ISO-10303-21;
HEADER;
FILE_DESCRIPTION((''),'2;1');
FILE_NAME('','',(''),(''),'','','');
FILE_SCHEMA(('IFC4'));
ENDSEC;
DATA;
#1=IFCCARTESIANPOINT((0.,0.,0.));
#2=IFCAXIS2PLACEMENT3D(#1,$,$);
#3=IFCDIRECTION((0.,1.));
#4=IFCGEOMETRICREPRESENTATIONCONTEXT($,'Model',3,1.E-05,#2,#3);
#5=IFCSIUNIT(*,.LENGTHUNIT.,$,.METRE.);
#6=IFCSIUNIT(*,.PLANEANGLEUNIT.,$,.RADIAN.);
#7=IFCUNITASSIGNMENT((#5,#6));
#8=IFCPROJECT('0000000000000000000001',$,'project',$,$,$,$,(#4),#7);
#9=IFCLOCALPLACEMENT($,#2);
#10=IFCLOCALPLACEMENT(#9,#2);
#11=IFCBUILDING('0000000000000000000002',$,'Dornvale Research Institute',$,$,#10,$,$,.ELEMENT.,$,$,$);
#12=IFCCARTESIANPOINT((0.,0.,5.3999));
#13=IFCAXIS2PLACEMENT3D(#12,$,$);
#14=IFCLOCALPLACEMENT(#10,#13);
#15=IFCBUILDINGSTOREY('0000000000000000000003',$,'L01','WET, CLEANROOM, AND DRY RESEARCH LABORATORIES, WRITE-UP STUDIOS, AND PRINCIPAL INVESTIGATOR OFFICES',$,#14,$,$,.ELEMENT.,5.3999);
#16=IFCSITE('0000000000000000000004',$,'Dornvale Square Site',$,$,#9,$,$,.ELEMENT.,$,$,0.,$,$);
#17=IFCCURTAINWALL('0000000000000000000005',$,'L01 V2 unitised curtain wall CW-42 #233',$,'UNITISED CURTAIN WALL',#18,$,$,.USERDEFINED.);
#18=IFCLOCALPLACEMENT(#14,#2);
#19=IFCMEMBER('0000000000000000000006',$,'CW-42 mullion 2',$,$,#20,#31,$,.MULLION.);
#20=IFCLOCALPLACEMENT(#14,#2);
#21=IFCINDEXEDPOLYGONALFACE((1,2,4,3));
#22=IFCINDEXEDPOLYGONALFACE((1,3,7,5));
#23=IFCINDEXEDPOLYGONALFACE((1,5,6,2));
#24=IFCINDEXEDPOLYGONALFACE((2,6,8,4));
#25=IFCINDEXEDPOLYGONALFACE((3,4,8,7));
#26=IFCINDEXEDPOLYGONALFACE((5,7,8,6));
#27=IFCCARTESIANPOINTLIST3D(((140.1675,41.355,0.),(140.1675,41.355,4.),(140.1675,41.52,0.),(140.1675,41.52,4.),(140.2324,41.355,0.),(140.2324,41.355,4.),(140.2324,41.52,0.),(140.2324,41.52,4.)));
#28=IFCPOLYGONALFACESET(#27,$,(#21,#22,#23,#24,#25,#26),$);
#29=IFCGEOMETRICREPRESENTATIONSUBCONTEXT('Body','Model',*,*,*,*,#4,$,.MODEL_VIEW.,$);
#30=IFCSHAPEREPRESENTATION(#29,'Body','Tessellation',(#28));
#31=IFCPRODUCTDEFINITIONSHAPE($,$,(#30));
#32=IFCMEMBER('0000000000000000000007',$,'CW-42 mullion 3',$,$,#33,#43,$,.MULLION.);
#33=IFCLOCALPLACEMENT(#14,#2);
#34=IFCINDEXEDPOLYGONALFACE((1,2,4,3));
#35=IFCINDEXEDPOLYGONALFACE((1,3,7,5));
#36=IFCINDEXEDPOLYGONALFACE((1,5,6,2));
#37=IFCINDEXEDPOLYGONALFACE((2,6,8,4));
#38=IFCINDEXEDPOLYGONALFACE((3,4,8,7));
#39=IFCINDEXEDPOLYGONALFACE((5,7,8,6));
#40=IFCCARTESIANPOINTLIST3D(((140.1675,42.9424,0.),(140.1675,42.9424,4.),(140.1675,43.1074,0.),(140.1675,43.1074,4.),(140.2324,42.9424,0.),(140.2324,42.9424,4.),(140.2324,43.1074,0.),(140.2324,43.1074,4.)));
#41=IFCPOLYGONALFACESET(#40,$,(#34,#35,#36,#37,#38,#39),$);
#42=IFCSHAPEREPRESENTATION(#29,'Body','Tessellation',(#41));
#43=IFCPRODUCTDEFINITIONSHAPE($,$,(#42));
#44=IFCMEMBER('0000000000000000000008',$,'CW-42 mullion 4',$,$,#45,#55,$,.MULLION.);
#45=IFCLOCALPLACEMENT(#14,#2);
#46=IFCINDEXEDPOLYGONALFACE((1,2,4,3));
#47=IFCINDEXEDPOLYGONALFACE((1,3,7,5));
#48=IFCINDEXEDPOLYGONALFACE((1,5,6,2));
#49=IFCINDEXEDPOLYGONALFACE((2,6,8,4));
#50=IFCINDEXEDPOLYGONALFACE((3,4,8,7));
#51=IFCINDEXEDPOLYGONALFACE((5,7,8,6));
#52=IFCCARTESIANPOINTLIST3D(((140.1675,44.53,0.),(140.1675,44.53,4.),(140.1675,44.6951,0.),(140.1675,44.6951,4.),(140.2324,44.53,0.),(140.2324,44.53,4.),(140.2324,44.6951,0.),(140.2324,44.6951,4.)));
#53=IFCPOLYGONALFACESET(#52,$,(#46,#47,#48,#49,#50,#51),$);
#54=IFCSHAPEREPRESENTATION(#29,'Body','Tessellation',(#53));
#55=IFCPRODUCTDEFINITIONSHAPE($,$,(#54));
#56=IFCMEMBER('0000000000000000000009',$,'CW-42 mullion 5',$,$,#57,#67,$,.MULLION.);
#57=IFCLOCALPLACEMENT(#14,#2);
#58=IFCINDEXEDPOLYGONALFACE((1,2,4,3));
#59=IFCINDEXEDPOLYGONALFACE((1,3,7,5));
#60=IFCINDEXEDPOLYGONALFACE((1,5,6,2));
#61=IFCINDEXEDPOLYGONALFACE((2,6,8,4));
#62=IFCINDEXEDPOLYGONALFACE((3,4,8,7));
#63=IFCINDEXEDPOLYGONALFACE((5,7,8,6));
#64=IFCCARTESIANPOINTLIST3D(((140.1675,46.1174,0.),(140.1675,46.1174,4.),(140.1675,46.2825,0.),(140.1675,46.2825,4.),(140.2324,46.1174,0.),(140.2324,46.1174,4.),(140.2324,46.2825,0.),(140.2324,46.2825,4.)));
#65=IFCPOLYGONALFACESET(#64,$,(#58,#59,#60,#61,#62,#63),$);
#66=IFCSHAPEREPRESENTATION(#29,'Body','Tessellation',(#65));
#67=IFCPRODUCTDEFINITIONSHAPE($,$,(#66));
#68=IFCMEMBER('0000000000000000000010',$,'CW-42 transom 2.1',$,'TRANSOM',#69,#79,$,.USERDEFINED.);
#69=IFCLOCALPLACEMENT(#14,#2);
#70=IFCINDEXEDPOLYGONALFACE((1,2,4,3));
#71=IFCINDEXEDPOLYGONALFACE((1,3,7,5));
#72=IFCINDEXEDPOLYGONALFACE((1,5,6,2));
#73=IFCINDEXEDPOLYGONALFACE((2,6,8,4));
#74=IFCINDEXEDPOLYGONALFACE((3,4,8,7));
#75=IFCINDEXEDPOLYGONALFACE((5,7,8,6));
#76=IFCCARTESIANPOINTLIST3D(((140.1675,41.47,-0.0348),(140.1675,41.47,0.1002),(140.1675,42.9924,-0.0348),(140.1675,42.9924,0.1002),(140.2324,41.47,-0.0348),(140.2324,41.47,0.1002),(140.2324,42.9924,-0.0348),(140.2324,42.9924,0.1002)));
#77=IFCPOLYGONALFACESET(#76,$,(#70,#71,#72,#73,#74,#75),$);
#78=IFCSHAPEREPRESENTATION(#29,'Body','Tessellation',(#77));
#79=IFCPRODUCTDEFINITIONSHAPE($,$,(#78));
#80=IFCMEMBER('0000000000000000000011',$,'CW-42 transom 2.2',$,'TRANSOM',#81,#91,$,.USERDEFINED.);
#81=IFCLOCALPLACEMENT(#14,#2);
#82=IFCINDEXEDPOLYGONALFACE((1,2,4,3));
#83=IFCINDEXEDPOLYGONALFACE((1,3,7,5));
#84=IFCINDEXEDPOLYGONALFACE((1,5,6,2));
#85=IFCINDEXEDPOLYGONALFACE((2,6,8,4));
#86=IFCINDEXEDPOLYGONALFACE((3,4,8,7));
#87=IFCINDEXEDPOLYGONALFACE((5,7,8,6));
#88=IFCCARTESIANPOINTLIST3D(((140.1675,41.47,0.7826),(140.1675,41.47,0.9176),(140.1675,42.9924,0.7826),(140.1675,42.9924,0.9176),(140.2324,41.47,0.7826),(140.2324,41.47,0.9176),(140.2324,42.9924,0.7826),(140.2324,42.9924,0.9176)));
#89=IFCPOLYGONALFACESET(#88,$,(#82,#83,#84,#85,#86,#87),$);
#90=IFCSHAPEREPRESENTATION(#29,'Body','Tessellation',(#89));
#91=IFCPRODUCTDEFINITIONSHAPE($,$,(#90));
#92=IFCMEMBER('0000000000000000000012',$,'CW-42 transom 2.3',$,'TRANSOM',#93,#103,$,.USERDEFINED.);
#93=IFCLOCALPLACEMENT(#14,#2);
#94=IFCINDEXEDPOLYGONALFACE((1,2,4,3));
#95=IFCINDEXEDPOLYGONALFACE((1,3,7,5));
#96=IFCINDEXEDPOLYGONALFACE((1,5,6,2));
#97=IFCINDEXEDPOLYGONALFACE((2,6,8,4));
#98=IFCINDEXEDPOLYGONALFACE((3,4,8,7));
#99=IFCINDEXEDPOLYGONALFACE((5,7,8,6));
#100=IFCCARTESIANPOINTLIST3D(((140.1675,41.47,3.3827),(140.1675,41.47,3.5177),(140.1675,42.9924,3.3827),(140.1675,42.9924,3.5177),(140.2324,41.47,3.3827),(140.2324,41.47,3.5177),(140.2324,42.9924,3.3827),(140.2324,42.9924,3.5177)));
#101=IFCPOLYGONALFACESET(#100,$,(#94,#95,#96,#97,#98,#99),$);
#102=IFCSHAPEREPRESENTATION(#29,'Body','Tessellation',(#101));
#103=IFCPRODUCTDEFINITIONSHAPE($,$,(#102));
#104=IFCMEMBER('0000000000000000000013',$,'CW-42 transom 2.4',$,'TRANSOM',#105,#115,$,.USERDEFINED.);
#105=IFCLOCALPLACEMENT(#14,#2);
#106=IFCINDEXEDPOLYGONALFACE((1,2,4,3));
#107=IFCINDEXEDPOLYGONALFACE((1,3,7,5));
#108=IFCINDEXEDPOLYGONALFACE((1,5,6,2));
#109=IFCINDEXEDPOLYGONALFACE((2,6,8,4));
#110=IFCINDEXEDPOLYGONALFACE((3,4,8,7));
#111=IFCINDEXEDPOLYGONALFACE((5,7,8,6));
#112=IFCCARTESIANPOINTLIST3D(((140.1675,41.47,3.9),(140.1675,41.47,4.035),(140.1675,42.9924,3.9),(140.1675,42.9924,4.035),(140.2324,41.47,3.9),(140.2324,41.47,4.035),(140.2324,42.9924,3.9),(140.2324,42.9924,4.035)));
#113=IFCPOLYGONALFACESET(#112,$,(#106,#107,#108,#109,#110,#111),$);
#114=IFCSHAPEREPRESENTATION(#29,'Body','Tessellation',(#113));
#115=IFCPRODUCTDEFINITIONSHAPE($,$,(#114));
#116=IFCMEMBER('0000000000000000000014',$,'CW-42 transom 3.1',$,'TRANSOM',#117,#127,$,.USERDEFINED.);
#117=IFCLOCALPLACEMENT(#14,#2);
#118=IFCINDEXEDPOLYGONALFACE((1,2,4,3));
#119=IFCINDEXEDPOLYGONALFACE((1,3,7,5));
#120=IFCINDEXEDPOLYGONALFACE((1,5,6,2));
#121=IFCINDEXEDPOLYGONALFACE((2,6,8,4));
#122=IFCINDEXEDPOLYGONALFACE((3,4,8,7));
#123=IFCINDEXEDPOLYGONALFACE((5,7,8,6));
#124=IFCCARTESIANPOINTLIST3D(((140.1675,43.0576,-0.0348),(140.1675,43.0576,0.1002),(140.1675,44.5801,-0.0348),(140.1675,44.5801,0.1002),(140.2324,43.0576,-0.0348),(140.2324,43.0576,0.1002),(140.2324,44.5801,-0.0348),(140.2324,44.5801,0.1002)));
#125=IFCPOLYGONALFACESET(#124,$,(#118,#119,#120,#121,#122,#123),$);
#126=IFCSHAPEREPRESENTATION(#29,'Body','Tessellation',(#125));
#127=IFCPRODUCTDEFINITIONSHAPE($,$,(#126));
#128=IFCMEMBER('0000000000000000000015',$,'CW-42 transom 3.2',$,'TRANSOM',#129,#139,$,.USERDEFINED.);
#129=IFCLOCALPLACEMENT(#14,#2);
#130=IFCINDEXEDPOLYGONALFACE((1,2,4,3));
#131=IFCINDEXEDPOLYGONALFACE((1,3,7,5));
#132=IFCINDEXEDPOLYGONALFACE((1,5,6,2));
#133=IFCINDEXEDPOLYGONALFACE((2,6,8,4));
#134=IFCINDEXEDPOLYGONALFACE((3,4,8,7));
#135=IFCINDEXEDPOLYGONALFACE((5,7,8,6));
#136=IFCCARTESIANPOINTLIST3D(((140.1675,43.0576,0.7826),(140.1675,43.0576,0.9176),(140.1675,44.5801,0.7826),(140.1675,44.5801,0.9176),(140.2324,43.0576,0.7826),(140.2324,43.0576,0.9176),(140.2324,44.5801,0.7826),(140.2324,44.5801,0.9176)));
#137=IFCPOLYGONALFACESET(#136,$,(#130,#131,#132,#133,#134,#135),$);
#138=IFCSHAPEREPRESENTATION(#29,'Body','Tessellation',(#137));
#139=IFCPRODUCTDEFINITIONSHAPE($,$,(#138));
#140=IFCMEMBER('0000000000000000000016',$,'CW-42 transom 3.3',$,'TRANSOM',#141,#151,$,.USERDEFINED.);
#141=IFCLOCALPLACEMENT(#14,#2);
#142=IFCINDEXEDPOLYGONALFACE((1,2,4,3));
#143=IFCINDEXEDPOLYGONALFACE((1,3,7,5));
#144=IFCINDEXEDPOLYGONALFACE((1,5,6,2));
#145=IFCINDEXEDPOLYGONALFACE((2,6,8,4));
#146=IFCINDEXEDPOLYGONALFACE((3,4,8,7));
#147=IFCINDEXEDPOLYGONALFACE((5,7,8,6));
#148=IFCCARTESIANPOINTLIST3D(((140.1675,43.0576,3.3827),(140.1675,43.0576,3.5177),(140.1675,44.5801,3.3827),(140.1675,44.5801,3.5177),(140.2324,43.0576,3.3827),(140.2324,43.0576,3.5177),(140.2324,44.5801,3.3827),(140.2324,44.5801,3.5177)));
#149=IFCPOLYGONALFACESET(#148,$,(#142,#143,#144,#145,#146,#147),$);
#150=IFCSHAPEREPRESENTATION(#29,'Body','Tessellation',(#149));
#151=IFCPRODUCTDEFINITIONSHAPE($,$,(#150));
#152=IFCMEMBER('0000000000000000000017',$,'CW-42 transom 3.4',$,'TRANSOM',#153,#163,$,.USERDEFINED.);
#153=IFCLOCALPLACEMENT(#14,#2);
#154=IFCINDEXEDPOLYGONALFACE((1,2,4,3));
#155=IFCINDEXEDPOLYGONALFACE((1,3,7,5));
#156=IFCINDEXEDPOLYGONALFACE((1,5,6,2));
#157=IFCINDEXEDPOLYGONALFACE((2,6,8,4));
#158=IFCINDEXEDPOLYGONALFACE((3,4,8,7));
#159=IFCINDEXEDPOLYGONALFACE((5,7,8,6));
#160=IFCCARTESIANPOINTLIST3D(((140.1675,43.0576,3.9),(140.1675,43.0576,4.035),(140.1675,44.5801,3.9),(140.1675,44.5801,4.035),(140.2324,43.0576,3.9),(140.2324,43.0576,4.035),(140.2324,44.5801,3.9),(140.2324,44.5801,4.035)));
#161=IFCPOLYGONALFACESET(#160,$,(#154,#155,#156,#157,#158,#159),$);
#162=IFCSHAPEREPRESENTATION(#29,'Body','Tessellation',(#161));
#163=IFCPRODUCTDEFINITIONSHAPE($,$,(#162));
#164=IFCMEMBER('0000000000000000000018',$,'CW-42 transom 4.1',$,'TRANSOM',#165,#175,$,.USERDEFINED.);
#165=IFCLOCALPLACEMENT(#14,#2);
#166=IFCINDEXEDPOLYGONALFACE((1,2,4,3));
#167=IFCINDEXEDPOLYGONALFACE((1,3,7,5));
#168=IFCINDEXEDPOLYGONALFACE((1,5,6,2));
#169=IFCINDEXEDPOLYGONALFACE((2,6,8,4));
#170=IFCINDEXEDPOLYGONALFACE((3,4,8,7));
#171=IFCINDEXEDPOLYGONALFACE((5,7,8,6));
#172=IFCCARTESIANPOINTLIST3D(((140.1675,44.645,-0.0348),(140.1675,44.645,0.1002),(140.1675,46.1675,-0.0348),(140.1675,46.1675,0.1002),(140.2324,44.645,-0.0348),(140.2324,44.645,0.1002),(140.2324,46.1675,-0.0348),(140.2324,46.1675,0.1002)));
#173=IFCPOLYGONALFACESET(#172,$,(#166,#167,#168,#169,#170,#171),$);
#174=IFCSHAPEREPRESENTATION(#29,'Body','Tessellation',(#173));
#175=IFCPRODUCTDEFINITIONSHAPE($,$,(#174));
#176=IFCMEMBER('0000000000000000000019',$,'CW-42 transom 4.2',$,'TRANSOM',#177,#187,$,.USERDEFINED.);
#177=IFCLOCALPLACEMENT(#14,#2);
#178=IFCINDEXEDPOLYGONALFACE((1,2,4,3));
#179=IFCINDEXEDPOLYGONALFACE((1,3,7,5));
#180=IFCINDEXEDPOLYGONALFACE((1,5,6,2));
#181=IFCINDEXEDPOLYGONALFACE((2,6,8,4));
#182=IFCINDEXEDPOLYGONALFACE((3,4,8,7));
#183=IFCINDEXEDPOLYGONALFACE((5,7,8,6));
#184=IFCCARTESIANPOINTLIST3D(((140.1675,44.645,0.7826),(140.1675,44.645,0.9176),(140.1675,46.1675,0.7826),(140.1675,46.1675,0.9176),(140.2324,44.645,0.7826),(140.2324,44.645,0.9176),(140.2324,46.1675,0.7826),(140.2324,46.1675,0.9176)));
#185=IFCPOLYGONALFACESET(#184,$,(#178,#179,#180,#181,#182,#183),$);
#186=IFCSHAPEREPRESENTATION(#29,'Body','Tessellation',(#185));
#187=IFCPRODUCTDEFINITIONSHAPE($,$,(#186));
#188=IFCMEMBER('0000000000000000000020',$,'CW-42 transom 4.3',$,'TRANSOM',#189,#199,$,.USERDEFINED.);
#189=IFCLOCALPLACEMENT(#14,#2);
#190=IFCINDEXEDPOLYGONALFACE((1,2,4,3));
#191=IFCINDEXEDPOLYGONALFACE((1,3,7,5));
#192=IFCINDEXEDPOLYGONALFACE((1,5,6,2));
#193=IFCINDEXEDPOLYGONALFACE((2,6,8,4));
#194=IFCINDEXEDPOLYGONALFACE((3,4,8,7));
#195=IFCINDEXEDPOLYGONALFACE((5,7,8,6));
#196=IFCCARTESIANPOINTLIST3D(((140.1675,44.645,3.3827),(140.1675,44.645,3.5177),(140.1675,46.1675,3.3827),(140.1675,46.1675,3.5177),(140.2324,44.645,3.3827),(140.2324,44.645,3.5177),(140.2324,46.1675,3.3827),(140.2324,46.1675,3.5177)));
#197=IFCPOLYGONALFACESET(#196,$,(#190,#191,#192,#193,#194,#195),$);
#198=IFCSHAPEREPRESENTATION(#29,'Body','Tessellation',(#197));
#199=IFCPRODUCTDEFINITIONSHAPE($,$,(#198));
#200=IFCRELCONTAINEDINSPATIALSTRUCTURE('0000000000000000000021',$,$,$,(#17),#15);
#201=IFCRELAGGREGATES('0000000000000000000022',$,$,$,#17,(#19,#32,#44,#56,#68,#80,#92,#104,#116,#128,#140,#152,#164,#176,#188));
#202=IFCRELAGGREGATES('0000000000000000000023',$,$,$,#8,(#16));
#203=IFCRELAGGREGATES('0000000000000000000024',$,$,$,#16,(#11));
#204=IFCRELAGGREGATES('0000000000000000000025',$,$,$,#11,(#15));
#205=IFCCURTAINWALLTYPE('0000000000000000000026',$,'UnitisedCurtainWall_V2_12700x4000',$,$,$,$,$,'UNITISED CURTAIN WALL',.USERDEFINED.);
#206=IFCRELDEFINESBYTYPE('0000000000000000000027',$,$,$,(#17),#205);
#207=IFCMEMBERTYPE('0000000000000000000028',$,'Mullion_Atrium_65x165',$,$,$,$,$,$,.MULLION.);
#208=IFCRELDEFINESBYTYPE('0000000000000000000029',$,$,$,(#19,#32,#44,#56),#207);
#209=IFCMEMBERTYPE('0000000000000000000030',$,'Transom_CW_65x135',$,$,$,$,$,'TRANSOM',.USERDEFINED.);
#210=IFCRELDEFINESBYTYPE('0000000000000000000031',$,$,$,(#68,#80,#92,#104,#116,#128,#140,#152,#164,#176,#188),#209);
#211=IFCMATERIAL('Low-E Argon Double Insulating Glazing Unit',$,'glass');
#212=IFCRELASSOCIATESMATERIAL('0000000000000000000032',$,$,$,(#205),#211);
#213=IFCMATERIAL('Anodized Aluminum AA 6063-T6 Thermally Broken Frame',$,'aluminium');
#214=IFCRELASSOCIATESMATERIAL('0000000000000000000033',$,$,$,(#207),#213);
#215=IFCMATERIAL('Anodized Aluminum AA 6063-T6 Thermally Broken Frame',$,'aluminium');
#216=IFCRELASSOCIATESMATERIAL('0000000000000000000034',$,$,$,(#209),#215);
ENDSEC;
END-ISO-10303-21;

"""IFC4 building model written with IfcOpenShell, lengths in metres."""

from ifc_helpers import new_model, si_unit, direction, frame, origin, origin_2d, place, context, subcontext, project, spatial, rectangle, extrude, material, material_profile, profile_set, type_object, element, aggregate, save


model = new_model("IFC4")

# Units and contexts
model_context = context("Model", 3, precision=1e-05, world=origin(), true_north=direction((0.0, 1.0)))
body_context = subcontext(model_context, "Body", "Model", "MODEL_VIEW")
ifc_project = project(units=[si_unit("LENGTHUNIT", "METRE"), si_unit("PLANEANGLEUNIT", "RADIAN")], contexts=[model_context])

# Site, building, storey
site_placement = place(None, origin())
site = spatial("IfcSite", under=ifc_project, at=site_placement, Name="Dornvale Square Site", CompositionType="ELEMENT", RefElevation=0.0)
building_placement = place(site_placement, origin())
building = spatial("IfcBuilding", under=site, at=building_placement, Name="Dornvale Research Institute", CompositionType="ELEMENT")
storey_placement = place(building_placement, frame((0.0, 0.0, 5.3999)))
storey = spatial("IfcBuildingStorey", under=building, at=storey_placement, Name="L01", Description="WET, CLEANROOM, AND DRY RESEARCH LABORATORIES, WRITE-UP STUDIOS, AND PRINCIPAL INVESTIGATOR OFFICES", CompositionType="ELEMENT", Elevation=5.3999)

# Curtain wall, members
ifc_material_1 = material(Name="Low-E Argon Double Insulating Glazing Unit", Category="glass")
curtain_wall_type = type_object("IfcCurtainWallType", Name="UnitisedCurtainWall_V2_12700x4000", ElementType="UNITISED CURTAIN WALL", PredefinedType="USERDEFINED", material=ifc_material_1)
curtain_wall_placement = place(storey_placement, origin())
curtain_wall = element("IfcCurtainWall", 1, at=curtain_wall_placement, inside=storey, type_object=curtain_wall_type, Name="L01 V2 unitised curtain wall CW-42 #233", ObjectType="UNITISED CURTAIN WALL", PredefinedType="USERDEFINED")
ifc_material_2 = material(Name="Anodized Aluminum AA 6063-T6 Thermally Broken Frame", Category="aluminium")
ifc_material_profile_1 = material_profile(ifc_material_2, rectangle(XDim=0.0649, YDim=0.165, at=origin_2d()), Name="ALU MULLION 65x165")
ifc_profile_set_1 = profile_set([ifc_material_profile_1], Name="Anodized Aluminum AA 6063-T6 Thermally Broken Frame")
member_type_1 = type_object("IfcMemberType", Name="Mullion_Atrium_65x165", PredefinedType="MULLION", material=ifc_profile_set_1)
member_1_placement = place(storey_placement, frame((140.2, 41.4375, 0.0), z_axis=(0.0, 0.0, 1.0), x_axis=(-1.0, 0.0, 0.0)))
member_1 = element("IfcMember", 2, at=member_1_placement, type_object=member_type_1, Name="CW-42 mullion 2", PredefinedType="MULLION", context=body_context, shape_type="SweptSolid", body=[
    extrude(rectangle(XDim=0.0649, YDim=0.165, at=origin_2d()), origin(), (0.0, 0.0, 1.0), 4.0),
])
member_2_placement = place(storey_placement, frame((140.2, 43.0249, 0.0), z_axis=(0.0, 0.0, 1.0), x_axis=(-1.0, 0.0, 0.0)))
member_2 = element("IfcMember", 3, at=member_2_placement, type_object=member_type_1, Name="CW-42 mullion 3", PredefinedType="MULLION", context=body_context, shape_type="SweptSolid", body=[
    extrude(rectangle(XDim=0.0649, YDim=0.165, at=origin_2d()), origin(), (0.0, 0.0, 1.0), 4.0),
])
member_3_placement = place(storey_placement, frame((140.2, 44.6125, 0.0), z_axis=(0.0, 0.0, 1.0), x_axis=(-1.0, 0.0, 0.0)))
member_3 = element("IfcMember", 4, at=member_3_placement, type_object=member_type_1, Name="CW-42 mullion 4", PredefinedType="MULLION", context=body_context, shape_type="SweptSolid", body=[
    extrude(rectangle(XDim=0.0649, YDim=0.165, at=origin_2d()), origin(), (0.0, 0.0, 1.0), 4.0),
])
member_4_placement = place(storey_placement, frame((140.2, 46.2, 0.0), z_axis=(0.0, 0.0, 1.0), x_axis=(-1.0, 0.0, 0.0)))
member_4 = element("IfcMember", 5, at=member_4_placement, type_object=member_type_1, Name="CW-42 mullion 5", PredefinedType="MULLION", context=body_context, shape_type="SweptSolid", body=[
    extrude(rectangle(XDim=0.0649, YDim=0.165, at=origin_2d()), origin(), (0.0, 0.0, 1.0), 4.0),
])
ifc_material_3 = material(Name="Anodized Aluminum AA 6063-T6 Thermally Broken Frame", Category="aluminium")
ifc_material_profile_2 = material_profile(ifc_material_3, rectangle(XDim=0.0649, YDim=0.135, at=origin_2d()), Name="ALU TRANSOM 65x135")
ifc_profile_set_2 = profile_set([ifc_material_profile_2], Name="Anodized Aluminum AA 6063-T6 Thermally Broken Frame")
member_type_2 = type_object("IfcMemberType", Name="Transom_CW_65x135", ElementType="TRANSOM", PredefinedType="USERDEFINED", material=ifc_profile_set_2)
member_5_placement = place(storey_placement, frame((140.2, 41.47, 0.0327), z_axis=(0.0, 1.0, 0.0), x_axis=(-1.0, 0.0, 0.0)))
member_5 = element("IfcMember", 6, at=member_5_placement, type_object=member_type_2, Name="CW-42 transom 2.1", ObjectType="TRANSOM", PredefinedType="USERDEFINED", context=body_context, shape_type="SweptSolid", body=[
    extrude(rectangle(XDim=0.0649, YDim=0.135, at=origin_2d()), origin(), (0.0, 0.0, 1.0), 1.5225),
])
member_6_placement = place(storey_placement, frame((140.2, 41.47, 0.8501), z_axis=(0.0, 1.0, 0.0), x_axis=(-1.0, 0.0, 0.0)))
member_6 = element("IfcMember", 7, at=member_6_placement, type_object=member_type_2, Name="CW-42 transom 2.2", ObjectType="TRANSOM", PredefinedType="USERDEFINED", context=body_context, shape_type="SweptSolid", body=[
    extrude(rectangle(XDim=0.0649, YDim=0.135, at=origin_2d()), origin(), (0.0, 0.0, 1.0), 1.5225),
])
member_7_placement = place(storey_placement, frame((140.2, 41.47, 3.4502), z_axis=(0.0, 1.0, 0.0), x_axis=(-1.0, 0.0, 0.0)))
member_7 = element("IfcMember", 8, at=member_7_placement, type_object=member_type_2, Name="CW-42 transom 2.3", ObjectType="TRANSOM", PredefinedType="USERDEFINED", context=body_context, shape_type="SweptSolid", body=[
    extrude(rectangle(XDim=0.0649, YDim=0.135, at=origin_2d()), origin(), (0.0, 0.0, 1.0), 1.5225),
])
member_8_placement = place(storey_placement, frame((140.2, 41.47, 3.9675), z_axis=(0.0, 1.0, 0.0), x_axis=(-1.0, 0.0, 0.0)))
member_8 = element("IfcMember", 9, at=member_8_placement, type_object=member_type_2, Name="CW-42 transom 2.4", ObjectType="TRANSOM", PredefinedType="USERDEFINED", context=body_context, shape_type="SweptSolid", body=[
    extrude(rectangle(XDim=0.0649, YDim=0.135, at=origin_2d()), origin(), (0.0, 0.0, 1.0), 1.5225),
])
member_9_placement = place(storey_placement, frame((140.2, 43.0576, 0.0327), z_axis=(0.0, 1.0, 0.0), x_axis=(-1.0, 0.0, 0.0)))
member_9 = element("IfcMember", 10, at=member_9_placement, type_object=member_type_2, Name="CW-42 transom 3.1", ObjectType="TRANSOM", PredefinedType="USERDEFINED", context=body_context, shape_type="SweptSolid", body=[
    extrude(rectangle(XDim=0.0649, YDim=0.135, at=origin_2d()), origin(), (0.0, 0.0, 1.0), 1.5225),
])
member_10_placement = place(storey_placement, frame((140.2, 43.0576, 0.8501), z_axis=(0.0, 1.0, 0.0), x_axis=(-1.0, 0.0, 0.0)))
member_10 = element("IfcMember", 11, at=member_10_placement, type_object=member_type_2, Name="CW-42 transom 3.2", ObjectType="TRANSOM", PredefinedType="USERDEFINED", context=body_context, shape_type="SweptSolid", body=[
    extrude(rectangle(XDim=0.0649, YDim=0.135, at=origin_2d()), origin(), (0.0, 0.0, 1.0), 1.5225),
])
member_11_placement = place(storey_placement, frame((140.2, 43.0576, 3.4502), z_axis=(0.0, 1.0, 0.0), x_axis=(-1.0, 0.0, 0.0)))
member_11 = element("IfcMember", 12, at=member_11_placement, type_object=member_type_2, Name="CW-42 transom 3.3", ObjectType="TRANSOM", PredefinedType="USERDEFINED", context=body_context, shape_type="SweptSolid", body=[
    extrude(rectangle(XDim=0.0649, YDim=0.135, at=origin_2d()), origin(), (0.0, 0.0, 1.0), 1.5225),
])
member_12_placement = place(storey_placement, frame((140.2, 43.0576, 3.9675), z_axis=(0.0, 1.0, 0.0), x_axis=(-1.0, 0.0, 0.0)))
member_12 = element("IfcMember", 13, at=member_12_placement, type_object=member_type_2, Name="CW-42 transom 3.4", ObjectType="TRANSOM", PredefinedType="USERDEFINED", context=body_context, shape_type="SweptSolid", body=[
    extrude(rectangle(XDim=0.0649, YDim=0.135, at=origin_2d()), origin(), (0.0, 0.0, 1.0), 1.5225),
])
member_13_placement = place(storey_placement, frame((140.2, 44.645, 0.0327), z_axis=(0.0, 1.0, 0.0), x_axis=(-1.0, 0.0, 0.0)))
member_13 = element("IfcMember", 14, at=member_13_placement, type_object=member_type_2, Name="CW-42 transom 4.1", ObjectType="TRANSOM", PredefinedType="USERDEFINED", context=body_context, shape_type="SweptSolid", body=[
    extrude(rectangle(XDim=0.0649, YDim=0.135, at=origin_2d()), origin(), (0.0, 0.0, 1.0), 1.5225),
])
member_14_placement = place(storey_placement, frame((140.2, 44.645, 0.8501), z_axis=(0.0, 1.0, 0.0), x_axis=(-1.0, 0.0, 0.0)))
member_14 = element("IfcMember", 15, at=member_14_placement, type_object=member_type_2, Name="CW-42 transom 4.2", ObjectType="TRANSOM", PredefinedType="USERDEFINED", context=body_context, shape_type="SweptSolid", body=[
    extrude(rectangle(XDim=0.0649, YDim=0.135, at=origin_2d()), origin(), (0.0, 0.0, 1.0), 1.5225),
])
member_15_placement = place(storey_placement, frame((140.2, 44.645, 3.4502), z_axis=(0.0, 1.0, 0.0), x_axis=(-1.0, 0.0, 0.0)))
member_15 = element("IfcMember", 16, at=member_15_placement, type_object=member_type_2, Name="CW-42 transom 4.3", ObjectType="TRANSOM", PredefinedType="USERDEFINED", context=body_context, shape_type="SweptSolid", body=[
    extrude(rectangle(XDim=0.0649, YDim=0.135, at=origin_2d()), origin(), (0.0, 0.0, 1.0), 1.5225),
])
aggregate(curtain_wall, [member_1, member_2, member_3, member_4, member_5, member_6, member_7, member_8, member_9, member_10, member_11, member_12, member_13, member_14, member_15])

save(model, "model.ifc")
